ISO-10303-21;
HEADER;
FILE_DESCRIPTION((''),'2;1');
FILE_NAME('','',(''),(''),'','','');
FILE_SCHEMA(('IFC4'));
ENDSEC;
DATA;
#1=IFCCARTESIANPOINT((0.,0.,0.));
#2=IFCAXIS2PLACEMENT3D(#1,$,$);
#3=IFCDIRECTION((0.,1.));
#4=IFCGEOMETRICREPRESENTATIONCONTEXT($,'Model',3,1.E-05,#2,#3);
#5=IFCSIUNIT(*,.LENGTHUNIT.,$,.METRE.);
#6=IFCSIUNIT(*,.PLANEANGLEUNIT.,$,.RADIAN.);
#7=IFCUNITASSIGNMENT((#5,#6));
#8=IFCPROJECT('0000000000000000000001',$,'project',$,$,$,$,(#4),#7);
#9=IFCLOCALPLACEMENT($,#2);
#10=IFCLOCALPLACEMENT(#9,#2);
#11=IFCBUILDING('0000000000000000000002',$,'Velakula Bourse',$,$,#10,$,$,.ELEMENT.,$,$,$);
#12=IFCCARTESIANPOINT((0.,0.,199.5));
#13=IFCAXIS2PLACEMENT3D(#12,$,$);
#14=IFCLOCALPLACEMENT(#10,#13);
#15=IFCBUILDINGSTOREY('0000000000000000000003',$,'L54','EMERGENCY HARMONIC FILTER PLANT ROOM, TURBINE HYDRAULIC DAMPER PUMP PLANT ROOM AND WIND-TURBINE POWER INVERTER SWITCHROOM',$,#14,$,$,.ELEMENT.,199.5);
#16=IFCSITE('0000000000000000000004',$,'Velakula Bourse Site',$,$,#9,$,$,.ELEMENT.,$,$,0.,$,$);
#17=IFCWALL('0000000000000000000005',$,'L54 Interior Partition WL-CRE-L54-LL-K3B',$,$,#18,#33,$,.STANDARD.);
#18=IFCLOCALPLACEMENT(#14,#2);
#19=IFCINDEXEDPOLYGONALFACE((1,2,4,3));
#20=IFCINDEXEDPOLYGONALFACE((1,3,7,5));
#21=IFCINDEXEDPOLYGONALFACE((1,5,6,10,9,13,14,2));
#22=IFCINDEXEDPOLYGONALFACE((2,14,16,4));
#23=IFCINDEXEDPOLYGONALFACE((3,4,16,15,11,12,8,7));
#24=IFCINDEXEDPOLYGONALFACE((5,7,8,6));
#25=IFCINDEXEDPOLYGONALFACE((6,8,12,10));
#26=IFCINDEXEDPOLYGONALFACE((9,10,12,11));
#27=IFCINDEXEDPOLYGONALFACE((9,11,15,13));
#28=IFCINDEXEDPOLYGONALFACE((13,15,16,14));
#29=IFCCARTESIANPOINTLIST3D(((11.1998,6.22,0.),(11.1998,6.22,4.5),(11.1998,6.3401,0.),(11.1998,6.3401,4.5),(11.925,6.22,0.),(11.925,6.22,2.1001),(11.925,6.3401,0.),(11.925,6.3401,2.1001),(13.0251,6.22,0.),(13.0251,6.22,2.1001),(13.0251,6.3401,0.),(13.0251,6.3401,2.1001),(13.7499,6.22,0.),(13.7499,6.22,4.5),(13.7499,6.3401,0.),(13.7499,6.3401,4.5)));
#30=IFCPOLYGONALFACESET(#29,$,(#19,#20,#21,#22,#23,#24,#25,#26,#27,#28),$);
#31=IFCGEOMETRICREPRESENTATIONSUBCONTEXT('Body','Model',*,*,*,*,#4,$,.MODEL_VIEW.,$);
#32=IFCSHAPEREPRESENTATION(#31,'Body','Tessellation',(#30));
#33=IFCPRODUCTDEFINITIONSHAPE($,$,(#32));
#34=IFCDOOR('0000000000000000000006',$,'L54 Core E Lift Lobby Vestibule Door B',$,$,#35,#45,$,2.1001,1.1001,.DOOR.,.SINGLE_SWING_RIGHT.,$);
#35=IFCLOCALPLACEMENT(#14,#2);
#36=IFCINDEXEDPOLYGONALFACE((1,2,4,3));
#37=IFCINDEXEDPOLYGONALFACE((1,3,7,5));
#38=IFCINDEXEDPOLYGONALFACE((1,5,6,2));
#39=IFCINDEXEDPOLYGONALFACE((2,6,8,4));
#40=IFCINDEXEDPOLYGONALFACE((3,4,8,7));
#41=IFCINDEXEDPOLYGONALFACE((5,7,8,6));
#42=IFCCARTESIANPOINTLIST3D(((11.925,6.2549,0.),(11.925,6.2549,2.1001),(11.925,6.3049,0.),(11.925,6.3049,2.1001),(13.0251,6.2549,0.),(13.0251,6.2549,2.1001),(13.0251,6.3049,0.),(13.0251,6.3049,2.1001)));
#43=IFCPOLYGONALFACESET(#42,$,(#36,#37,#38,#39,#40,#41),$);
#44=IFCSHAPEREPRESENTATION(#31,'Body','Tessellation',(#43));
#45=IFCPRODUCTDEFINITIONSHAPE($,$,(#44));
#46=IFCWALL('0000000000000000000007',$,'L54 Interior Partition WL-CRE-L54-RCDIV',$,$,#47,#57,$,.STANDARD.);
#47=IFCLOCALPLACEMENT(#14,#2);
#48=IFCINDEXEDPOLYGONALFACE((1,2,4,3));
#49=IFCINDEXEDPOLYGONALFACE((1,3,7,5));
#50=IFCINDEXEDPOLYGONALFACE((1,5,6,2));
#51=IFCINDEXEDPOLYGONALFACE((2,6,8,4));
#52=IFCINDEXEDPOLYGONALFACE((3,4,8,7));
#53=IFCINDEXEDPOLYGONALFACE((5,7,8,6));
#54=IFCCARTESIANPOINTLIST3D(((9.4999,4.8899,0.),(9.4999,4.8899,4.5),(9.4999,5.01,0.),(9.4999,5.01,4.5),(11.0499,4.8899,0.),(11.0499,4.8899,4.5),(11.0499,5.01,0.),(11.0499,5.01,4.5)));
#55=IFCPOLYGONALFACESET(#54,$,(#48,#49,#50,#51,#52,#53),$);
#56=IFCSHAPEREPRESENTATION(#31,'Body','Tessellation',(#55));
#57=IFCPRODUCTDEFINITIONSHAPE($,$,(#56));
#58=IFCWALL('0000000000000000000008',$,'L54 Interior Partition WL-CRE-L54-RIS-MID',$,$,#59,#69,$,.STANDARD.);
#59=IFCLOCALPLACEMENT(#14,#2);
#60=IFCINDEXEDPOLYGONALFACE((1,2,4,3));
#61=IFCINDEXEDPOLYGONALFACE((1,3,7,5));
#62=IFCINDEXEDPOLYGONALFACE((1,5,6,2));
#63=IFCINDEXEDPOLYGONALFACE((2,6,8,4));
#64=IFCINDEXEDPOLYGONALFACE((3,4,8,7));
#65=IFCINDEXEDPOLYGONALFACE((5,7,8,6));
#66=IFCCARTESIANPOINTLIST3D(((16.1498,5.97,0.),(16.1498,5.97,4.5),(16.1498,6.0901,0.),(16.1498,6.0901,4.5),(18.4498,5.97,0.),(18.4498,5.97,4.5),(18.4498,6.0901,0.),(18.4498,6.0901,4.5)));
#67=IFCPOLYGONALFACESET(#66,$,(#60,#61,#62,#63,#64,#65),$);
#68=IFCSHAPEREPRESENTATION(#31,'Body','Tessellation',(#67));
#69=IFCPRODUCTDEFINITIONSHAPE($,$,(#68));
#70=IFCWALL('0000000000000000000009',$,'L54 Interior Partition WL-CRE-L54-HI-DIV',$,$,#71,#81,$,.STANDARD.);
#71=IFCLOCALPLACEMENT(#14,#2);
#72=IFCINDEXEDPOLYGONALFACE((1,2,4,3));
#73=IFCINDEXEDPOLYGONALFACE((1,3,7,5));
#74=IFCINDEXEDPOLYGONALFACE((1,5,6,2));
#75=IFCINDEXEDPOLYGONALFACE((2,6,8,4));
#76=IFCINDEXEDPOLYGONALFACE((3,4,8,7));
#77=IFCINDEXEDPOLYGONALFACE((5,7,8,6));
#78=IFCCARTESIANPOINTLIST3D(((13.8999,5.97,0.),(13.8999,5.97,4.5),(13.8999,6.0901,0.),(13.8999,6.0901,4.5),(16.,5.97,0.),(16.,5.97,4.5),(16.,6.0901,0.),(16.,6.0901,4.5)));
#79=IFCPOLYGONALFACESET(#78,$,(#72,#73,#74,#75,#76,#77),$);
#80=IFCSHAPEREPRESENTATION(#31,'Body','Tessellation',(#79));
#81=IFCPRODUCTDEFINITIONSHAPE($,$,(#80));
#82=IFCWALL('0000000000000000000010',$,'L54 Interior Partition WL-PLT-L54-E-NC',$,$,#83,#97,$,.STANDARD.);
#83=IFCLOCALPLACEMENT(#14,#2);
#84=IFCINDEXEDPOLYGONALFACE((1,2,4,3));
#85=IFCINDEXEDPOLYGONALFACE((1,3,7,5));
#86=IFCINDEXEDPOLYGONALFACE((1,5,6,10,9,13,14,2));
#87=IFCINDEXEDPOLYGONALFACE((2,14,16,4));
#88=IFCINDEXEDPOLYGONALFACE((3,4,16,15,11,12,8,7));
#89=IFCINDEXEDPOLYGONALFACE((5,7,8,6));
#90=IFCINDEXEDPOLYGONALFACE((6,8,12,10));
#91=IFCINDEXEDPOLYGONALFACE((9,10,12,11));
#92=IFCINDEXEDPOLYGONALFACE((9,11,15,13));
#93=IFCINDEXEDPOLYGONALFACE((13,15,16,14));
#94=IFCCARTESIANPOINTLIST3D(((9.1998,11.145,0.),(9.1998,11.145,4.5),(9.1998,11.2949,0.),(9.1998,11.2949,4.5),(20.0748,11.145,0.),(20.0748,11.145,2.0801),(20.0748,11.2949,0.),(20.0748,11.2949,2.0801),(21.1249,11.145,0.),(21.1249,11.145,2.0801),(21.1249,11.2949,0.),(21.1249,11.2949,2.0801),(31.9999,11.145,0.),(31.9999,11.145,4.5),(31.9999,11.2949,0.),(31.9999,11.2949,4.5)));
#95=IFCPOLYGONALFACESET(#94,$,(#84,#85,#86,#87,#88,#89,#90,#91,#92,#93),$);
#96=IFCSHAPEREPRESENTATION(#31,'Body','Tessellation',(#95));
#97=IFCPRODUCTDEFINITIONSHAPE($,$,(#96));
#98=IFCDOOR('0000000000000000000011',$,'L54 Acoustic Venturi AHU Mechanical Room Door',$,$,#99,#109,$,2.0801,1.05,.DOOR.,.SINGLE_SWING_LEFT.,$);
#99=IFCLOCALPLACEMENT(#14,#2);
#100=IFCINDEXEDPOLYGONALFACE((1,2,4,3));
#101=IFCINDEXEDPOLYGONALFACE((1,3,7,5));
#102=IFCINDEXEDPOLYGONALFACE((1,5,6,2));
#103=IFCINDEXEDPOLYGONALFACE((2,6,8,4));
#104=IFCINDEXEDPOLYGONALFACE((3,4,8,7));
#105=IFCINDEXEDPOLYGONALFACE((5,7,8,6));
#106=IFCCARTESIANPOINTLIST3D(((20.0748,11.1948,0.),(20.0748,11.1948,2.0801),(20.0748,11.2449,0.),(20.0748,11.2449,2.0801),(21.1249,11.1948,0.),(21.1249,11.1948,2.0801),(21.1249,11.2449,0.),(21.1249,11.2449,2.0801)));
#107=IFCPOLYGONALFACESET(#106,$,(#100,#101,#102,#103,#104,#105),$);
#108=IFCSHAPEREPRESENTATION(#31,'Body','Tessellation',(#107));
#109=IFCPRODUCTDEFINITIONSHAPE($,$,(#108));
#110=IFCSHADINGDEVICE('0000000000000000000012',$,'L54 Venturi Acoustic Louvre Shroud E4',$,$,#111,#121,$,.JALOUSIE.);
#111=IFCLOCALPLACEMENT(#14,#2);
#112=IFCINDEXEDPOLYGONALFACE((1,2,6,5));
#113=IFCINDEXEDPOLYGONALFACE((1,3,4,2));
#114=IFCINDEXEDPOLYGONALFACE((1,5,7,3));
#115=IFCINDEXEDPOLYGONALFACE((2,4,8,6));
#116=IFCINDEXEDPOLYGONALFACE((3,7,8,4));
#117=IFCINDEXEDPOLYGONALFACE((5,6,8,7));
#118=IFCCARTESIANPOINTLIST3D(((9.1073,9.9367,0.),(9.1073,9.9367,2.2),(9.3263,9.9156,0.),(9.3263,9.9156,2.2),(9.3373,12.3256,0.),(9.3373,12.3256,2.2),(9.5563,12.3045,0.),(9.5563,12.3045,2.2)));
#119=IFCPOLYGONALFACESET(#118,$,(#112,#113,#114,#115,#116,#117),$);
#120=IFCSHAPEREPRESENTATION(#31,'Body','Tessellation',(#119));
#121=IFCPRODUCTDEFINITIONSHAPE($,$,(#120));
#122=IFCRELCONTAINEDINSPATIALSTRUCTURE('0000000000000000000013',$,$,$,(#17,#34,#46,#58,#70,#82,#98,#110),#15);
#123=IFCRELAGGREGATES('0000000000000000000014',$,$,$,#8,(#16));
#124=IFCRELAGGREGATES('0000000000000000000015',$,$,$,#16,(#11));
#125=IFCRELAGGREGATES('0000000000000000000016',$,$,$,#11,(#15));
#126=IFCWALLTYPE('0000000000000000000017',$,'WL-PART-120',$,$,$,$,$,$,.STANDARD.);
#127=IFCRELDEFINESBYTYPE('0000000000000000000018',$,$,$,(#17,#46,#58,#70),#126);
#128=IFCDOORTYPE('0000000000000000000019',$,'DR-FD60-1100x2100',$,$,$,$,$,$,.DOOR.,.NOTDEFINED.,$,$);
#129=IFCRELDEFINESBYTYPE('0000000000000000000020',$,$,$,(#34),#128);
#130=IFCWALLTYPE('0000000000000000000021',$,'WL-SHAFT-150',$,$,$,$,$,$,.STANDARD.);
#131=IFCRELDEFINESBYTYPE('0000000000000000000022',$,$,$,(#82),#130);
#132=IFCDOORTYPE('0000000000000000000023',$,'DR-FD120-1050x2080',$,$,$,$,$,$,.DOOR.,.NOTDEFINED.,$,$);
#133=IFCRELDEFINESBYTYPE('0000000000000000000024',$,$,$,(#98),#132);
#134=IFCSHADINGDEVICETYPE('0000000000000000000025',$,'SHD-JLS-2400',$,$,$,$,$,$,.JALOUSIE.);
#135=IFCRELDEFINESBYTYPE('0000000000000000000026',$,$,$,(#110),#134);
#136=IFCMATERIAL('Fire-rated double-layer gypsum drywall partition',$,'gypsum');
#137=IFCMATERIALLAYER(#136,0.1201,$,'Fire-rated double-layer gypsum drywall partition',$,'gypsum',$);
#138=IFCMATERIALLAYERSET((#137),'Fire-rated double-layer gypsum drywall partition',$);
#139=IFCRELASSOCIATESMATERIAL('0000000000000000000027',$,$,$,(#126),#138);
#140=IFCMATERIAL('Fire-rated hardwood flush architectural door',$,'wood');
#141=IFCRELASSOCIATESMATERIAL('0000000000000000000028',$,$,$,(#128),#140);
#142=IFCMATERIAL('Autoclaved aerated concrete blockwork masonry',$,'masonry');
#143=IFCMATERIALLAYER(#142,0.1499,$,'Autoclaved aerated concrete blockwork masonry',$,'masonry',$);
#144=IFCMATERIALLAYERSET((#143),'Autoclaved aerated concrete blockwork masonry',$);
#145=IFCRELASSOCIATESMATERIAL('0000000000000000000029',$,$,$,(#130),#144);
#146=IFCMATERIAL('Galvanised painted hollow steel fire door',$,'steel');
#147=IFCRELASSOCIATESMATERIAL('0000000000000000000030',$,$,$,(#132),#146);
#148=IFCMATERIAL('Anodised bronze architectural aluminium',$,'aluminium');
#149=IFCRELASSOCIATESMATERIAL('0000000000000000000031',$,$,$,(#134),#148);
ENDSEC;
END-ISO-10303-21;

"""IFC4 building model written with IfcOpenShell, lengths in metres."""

from ifc_helpers import new_model, si_unit, direction, frame, frame_2d, origin, origin_2d, place, context, subcontext, project, spatial, rectangle, extrude, material, layer, layer_set, type_object, element, fill, save


model = new_model("IFC4")

# Units and contexts
model_context = context("Model", 3, precision=1e-05, world=origin(), true_north=direction((0.0, 1.0)))
body_context = subcontext(model_context, "Body", "Model", "MODEL_VIEW")
ifc_project = project(units=[si_unit("LENGTHUNIT", "METRE"), si_unit("PLANEANGLEUNIT", "RADIAN")], contexts=[model_context])

# Site, building, storey
site_placement = place(None, origin())
site = spatial("IfcSite", under=ifc_project, at=site_placement, Name="Velakula Bourse Site", CompositionType="ELEMENT", RefElevation=0.0)
building_placement = place(site_placement, origin())
building = spatial("IfcBuilding", under=site, at=building_placement, Name="Velakula Bourse", CompositionType="ELEMENT")
storey_placement = place(building_placement, frame((0.0, 0.0, 199.5)))
storey = spatial("IfcBuildingStorey", under=building, at=storey_placement, Name="L54", Description="EMERGENCY HARMONIC FILTER PLANT ROOM, TURBINE HYDRAULIC DAMPER PUMP PLANT ROOM AND WIND-TURBINE POWER INVERTER SWITCHROOM", CompositionType="ELEMENT", Elevation=199.5)

# Shared definitions
ifc_material_1 = material(Name="Anodised bronze architectural aluminium", Category="aluminium")

# Wall, opening, door
ifc_material_2 = material(Name="Fire-rated double-layer gypsum drywall partition", Category="gypsum")
ifc_layer_1 = layer(ifc_material_2, 0.1201, Name="Fire-rated double-layer gypsum drywall partition", Category="gypsum")
ifc_layer_set_1 = layer_set([ifc_layer_1], Name="Fire-rated double-layer gypsum drywall partition")
wall_type_1 = type_object("IfcWallType", Name="WL-PART-120", PredefinedType="STANDARD", material=ifc_layer_set_1)
wall_1_placement = place(storey_placement, frame((11.2, 6.28, 0.0), z_axis=(0.0, 0.0, 1.0), x_axis=(1.0, 0.0, 0.0)))
wall_1 = element("IfcWall", 1, at=wall_1_placement, inside=storey, type_object=wall_type_1, Name="L54 Interior Partition WL-CRE-L54-LL-K3B", PredefinedType="STANDARD", context=body_context, shape_type="SweptSolid", body=[
    extrude(rectangle(XDim=2.55, YDim=0.1201, at=frame_2d((1.2749, 0.0))), origin(), (0.0, 0.0, 1.0), 4.5),
])
opening_1_placement = place(wall_1_placement, frame((0.7251, 0.0, 0.0)))
opening_1 = element("IfcOpeningElement", 2, at=opening_1_placement, cuts=wall_1, PredefinedType="OPENING", context=body_context, shape_type="SweptSolid", body=[
    extrude(rectangle(XDim=1.1001, YDim=2.1001, at=frame_2d((0.55, 1.05))), frame((0.0, 0.0701, 0.0), z_axis=(0.0, -1.0, 0.0), x_axis=(1.0, 0.0, 0.0)), (0.0, 0.0, 1.0), 0.1401),
])
ifc_material_3 = material(Name="Fire-rated hardwood flush architectural door", Category="wood")
door_type_1 = type_object("IfcDoorType", Name="DR-FD60-1100x2100", OperationType="NOTDEFINED", PredefinedType="DOOR", material=ifc_material_3)
door_1_placement = place(opening_1_placement, origin())
door_1 = element("IfcDoor", 3, at=door_1_placement, inside=storey, type_object=door_type_1, Name="L54 Core E Lift Lobby Vestibule Door B", OperationType="SINGLE_SWING_RIGHT", OverallHeight=2.1001, OverallWidth=1.1001, PredefinedType="DOOR", context=body_context, shape_type="SweptSolid", body=[
    extrude(rectangle(XDim=1.1001, YDim=2.1001, at=frame_2d((0.55, 1.05))), frame((0.0, 0.0249, 0.0), z_axis=(0.0, -1.0, 0.0), x_axis=(1.0, 0.0, 0.0)), (0.0, 0.0, 1.0), 0.05),
])
fill(opening_1, door_1)

# Walls
wall_2_placement = place(storey_placement, frame((9.5, 4.95, 0.0), z_axis=(0.0, 0.0, 1.0), x_axis=(1.0, 0.0, 0.0)))
element("IfcWall", 4, at=wall_2_placement, inside=storey, type_object=wall_type_1, Name="L54 Interior Partition WL-CRE-L54-RCDIV", PredefinedType="STANDARD", context=body_context, shape_type="SweptSolid", body=[
    extrude(rectangle(XDim=1.55, YDim=0.1201, at=frame_2d((0.7749, 0.0))), origin(), (0.0, 0.0, 1.0), 4.5),
])
wall_3_placement = place(storey_placement, frame((16.1499, 6.03, 0.0), z_axis=(0.0, 0.0, 1.0), x_axis=(1.0, 0.0, 0.0)))
element("IfcWall", 5, at=wall_3_placement, inside=storey, type_object=wall_type_1, Name="L54 Interior Partition WL-CRE-L54-RIS-MID", PredefinedType="STANDARD", context=body_context, shape_type="SweptSolid", body=[
    extrude(rectangle(XDim=2.3, YDim=0.1201, at=frame_2d((1.1499, 0.0))), origin(), (0.0, 0.0, 1.0), 4.5),
])
wall_4_placement = place(storey_placement, frame((13.8999, 6.03, 0.0), z_axis=(0.0, 0.0, 1.0), x_axis=(1.0, 0.0, 0.0)))
element("IfcWall", 6, at=wall_4_placement, inside=storey, type_object=wall_type_1, Name="L54 Interior Partition WL-CRE-L54-HI-DIV", PredefinedType="STANDARD", context=body_context, shape_type="SweptSolid", body=[
    extrude(rectangle(XDim=2.1001, YDim=0.1201, at=frame_2d((1.05, 0.0))), origin(), (0.0, 0.0, 1.0), 4.5),
])

# Wall, opening, door
ifc_material_4 = material(Name="Autoclaved aerated concrete blockwork masonry", Category="masonry")
ifc_layer_2 = layer(ifc_material_4, 0.1499, Name="Autoclaved aerated concrete blockwork masonry", Category="masonry")
ifc_layer_set_2 = layer_set([ifc_layer_2], Name="Autoclaved aerated concrete blockwork masonry")
wall_type_2 = type_object("IfcWallType", Name="WL-SHAFT-150", PredefinedType="STANDARD", material=ifc_layer_set_2)
wall_5_placement = place(storey_placement, frame((9.2, 11.22, 0.0), z_axis=(0.0, 0.0, 1.0), x_axis=(1.0, 0.0, 0.0)))
wall_5 = element("IfcWall", 7, at=wall_5_placement, inside=storey, type_object=wall_type_2, Name="L54 Interior Partition WL-PLT-L54-E-NC", PredefinedType="STANDARD", context=body_context, shape_type="SweptSolid", body=[
    extrude(rectangle(XDim=22.8, YDim=0.1499, at=frame_2d((11.3999, 0.0))), origin(), (0.0, 0.0, 1.0), 4.5),
])
opening_2_placement = place(wall_5_placement, frame((10.875, 0.0, 0.0)))
opening_2 = element("IfcOpeningElement", 8, at=opening_2_placement, cuts=wall_5, PredefinedType="OPENING", context=body_context, shape_type="SweptSolid", body=[
    extrude(rectangle(XDim=1.05, YDim=2.0801, at=frame_2d((0.5249, 1.04))), frame((0.0, 0.085, 0.0), z_axis=(0.0, -1.0, 0.0), x_axis=(1.0, 0.0, 0.0)), (0.0, 0.0, 1.0), 0.1699),
])
ifc_material_5 = material(Name="Galvanised painted hollow steel fire door", Category="steel")
door_type_2 = type_object("IfcDoorType", Name="DR-FD120-1050x2080", OperationType="NOTDEFINED", PredefinedType="DOOR", material=ifc_material_5)
door_2_placement = place(opening_2_placement, origin())
door_2 = element("IfcDoor", 9, at=door_2_placement, inside=storey, type_object=door_type_2, Name="L54 Acoustic Venturi AHU Mechanical Room Door", OperationType="SINGLE_SWING_LEFT", OverallHeight=2.0801, OverallWidth=1.05, PredefinedType="DOOR", context=body_context, shape_type="SweptSolid", body=[
    extrude(rectangle(XDim=1.05, YDim=2.0801, at=frame_2d((0.5249, 1.04))), frame((0.0, 0.0249, 0.0), z_axis=(0.0, -1.0, 0.0), x_axis=(1.0, 0.0, 0.0)), (0.0, 0.0, 1.0), 0.05),
])
fill(opening_2, door_2)

# Shading device
shading_device_type = type_object("IfcShadingDeviceType", Name="SHD-JLS-2400", PredefinedType="JALOUSIE", material=ifc_material_1)
shading_device_placement = place(storey_placement, frame((9.3318, 11.1206, 0.0), z_axis=(0.0, 0.0, 1.0), x_axis=(0.995396, -0.095846, 0.0)))
element("IfcShadingDevice", 10, at=shading_device_placement, inside=storey, type_object=shading_device_type, Name="L54 Venturi Acoustic Louvre Shroud E4", PredefinedType="JALOUSIE", context=body_context, shape_type="SweptSolid", body=[
    extrude(rectangle(XDim=0.22, YDim=2.3999, at=origin_2d()), origin(), (0.0, 0.0, 1.0), 2.2),
])

save(model, "model.ifc")
